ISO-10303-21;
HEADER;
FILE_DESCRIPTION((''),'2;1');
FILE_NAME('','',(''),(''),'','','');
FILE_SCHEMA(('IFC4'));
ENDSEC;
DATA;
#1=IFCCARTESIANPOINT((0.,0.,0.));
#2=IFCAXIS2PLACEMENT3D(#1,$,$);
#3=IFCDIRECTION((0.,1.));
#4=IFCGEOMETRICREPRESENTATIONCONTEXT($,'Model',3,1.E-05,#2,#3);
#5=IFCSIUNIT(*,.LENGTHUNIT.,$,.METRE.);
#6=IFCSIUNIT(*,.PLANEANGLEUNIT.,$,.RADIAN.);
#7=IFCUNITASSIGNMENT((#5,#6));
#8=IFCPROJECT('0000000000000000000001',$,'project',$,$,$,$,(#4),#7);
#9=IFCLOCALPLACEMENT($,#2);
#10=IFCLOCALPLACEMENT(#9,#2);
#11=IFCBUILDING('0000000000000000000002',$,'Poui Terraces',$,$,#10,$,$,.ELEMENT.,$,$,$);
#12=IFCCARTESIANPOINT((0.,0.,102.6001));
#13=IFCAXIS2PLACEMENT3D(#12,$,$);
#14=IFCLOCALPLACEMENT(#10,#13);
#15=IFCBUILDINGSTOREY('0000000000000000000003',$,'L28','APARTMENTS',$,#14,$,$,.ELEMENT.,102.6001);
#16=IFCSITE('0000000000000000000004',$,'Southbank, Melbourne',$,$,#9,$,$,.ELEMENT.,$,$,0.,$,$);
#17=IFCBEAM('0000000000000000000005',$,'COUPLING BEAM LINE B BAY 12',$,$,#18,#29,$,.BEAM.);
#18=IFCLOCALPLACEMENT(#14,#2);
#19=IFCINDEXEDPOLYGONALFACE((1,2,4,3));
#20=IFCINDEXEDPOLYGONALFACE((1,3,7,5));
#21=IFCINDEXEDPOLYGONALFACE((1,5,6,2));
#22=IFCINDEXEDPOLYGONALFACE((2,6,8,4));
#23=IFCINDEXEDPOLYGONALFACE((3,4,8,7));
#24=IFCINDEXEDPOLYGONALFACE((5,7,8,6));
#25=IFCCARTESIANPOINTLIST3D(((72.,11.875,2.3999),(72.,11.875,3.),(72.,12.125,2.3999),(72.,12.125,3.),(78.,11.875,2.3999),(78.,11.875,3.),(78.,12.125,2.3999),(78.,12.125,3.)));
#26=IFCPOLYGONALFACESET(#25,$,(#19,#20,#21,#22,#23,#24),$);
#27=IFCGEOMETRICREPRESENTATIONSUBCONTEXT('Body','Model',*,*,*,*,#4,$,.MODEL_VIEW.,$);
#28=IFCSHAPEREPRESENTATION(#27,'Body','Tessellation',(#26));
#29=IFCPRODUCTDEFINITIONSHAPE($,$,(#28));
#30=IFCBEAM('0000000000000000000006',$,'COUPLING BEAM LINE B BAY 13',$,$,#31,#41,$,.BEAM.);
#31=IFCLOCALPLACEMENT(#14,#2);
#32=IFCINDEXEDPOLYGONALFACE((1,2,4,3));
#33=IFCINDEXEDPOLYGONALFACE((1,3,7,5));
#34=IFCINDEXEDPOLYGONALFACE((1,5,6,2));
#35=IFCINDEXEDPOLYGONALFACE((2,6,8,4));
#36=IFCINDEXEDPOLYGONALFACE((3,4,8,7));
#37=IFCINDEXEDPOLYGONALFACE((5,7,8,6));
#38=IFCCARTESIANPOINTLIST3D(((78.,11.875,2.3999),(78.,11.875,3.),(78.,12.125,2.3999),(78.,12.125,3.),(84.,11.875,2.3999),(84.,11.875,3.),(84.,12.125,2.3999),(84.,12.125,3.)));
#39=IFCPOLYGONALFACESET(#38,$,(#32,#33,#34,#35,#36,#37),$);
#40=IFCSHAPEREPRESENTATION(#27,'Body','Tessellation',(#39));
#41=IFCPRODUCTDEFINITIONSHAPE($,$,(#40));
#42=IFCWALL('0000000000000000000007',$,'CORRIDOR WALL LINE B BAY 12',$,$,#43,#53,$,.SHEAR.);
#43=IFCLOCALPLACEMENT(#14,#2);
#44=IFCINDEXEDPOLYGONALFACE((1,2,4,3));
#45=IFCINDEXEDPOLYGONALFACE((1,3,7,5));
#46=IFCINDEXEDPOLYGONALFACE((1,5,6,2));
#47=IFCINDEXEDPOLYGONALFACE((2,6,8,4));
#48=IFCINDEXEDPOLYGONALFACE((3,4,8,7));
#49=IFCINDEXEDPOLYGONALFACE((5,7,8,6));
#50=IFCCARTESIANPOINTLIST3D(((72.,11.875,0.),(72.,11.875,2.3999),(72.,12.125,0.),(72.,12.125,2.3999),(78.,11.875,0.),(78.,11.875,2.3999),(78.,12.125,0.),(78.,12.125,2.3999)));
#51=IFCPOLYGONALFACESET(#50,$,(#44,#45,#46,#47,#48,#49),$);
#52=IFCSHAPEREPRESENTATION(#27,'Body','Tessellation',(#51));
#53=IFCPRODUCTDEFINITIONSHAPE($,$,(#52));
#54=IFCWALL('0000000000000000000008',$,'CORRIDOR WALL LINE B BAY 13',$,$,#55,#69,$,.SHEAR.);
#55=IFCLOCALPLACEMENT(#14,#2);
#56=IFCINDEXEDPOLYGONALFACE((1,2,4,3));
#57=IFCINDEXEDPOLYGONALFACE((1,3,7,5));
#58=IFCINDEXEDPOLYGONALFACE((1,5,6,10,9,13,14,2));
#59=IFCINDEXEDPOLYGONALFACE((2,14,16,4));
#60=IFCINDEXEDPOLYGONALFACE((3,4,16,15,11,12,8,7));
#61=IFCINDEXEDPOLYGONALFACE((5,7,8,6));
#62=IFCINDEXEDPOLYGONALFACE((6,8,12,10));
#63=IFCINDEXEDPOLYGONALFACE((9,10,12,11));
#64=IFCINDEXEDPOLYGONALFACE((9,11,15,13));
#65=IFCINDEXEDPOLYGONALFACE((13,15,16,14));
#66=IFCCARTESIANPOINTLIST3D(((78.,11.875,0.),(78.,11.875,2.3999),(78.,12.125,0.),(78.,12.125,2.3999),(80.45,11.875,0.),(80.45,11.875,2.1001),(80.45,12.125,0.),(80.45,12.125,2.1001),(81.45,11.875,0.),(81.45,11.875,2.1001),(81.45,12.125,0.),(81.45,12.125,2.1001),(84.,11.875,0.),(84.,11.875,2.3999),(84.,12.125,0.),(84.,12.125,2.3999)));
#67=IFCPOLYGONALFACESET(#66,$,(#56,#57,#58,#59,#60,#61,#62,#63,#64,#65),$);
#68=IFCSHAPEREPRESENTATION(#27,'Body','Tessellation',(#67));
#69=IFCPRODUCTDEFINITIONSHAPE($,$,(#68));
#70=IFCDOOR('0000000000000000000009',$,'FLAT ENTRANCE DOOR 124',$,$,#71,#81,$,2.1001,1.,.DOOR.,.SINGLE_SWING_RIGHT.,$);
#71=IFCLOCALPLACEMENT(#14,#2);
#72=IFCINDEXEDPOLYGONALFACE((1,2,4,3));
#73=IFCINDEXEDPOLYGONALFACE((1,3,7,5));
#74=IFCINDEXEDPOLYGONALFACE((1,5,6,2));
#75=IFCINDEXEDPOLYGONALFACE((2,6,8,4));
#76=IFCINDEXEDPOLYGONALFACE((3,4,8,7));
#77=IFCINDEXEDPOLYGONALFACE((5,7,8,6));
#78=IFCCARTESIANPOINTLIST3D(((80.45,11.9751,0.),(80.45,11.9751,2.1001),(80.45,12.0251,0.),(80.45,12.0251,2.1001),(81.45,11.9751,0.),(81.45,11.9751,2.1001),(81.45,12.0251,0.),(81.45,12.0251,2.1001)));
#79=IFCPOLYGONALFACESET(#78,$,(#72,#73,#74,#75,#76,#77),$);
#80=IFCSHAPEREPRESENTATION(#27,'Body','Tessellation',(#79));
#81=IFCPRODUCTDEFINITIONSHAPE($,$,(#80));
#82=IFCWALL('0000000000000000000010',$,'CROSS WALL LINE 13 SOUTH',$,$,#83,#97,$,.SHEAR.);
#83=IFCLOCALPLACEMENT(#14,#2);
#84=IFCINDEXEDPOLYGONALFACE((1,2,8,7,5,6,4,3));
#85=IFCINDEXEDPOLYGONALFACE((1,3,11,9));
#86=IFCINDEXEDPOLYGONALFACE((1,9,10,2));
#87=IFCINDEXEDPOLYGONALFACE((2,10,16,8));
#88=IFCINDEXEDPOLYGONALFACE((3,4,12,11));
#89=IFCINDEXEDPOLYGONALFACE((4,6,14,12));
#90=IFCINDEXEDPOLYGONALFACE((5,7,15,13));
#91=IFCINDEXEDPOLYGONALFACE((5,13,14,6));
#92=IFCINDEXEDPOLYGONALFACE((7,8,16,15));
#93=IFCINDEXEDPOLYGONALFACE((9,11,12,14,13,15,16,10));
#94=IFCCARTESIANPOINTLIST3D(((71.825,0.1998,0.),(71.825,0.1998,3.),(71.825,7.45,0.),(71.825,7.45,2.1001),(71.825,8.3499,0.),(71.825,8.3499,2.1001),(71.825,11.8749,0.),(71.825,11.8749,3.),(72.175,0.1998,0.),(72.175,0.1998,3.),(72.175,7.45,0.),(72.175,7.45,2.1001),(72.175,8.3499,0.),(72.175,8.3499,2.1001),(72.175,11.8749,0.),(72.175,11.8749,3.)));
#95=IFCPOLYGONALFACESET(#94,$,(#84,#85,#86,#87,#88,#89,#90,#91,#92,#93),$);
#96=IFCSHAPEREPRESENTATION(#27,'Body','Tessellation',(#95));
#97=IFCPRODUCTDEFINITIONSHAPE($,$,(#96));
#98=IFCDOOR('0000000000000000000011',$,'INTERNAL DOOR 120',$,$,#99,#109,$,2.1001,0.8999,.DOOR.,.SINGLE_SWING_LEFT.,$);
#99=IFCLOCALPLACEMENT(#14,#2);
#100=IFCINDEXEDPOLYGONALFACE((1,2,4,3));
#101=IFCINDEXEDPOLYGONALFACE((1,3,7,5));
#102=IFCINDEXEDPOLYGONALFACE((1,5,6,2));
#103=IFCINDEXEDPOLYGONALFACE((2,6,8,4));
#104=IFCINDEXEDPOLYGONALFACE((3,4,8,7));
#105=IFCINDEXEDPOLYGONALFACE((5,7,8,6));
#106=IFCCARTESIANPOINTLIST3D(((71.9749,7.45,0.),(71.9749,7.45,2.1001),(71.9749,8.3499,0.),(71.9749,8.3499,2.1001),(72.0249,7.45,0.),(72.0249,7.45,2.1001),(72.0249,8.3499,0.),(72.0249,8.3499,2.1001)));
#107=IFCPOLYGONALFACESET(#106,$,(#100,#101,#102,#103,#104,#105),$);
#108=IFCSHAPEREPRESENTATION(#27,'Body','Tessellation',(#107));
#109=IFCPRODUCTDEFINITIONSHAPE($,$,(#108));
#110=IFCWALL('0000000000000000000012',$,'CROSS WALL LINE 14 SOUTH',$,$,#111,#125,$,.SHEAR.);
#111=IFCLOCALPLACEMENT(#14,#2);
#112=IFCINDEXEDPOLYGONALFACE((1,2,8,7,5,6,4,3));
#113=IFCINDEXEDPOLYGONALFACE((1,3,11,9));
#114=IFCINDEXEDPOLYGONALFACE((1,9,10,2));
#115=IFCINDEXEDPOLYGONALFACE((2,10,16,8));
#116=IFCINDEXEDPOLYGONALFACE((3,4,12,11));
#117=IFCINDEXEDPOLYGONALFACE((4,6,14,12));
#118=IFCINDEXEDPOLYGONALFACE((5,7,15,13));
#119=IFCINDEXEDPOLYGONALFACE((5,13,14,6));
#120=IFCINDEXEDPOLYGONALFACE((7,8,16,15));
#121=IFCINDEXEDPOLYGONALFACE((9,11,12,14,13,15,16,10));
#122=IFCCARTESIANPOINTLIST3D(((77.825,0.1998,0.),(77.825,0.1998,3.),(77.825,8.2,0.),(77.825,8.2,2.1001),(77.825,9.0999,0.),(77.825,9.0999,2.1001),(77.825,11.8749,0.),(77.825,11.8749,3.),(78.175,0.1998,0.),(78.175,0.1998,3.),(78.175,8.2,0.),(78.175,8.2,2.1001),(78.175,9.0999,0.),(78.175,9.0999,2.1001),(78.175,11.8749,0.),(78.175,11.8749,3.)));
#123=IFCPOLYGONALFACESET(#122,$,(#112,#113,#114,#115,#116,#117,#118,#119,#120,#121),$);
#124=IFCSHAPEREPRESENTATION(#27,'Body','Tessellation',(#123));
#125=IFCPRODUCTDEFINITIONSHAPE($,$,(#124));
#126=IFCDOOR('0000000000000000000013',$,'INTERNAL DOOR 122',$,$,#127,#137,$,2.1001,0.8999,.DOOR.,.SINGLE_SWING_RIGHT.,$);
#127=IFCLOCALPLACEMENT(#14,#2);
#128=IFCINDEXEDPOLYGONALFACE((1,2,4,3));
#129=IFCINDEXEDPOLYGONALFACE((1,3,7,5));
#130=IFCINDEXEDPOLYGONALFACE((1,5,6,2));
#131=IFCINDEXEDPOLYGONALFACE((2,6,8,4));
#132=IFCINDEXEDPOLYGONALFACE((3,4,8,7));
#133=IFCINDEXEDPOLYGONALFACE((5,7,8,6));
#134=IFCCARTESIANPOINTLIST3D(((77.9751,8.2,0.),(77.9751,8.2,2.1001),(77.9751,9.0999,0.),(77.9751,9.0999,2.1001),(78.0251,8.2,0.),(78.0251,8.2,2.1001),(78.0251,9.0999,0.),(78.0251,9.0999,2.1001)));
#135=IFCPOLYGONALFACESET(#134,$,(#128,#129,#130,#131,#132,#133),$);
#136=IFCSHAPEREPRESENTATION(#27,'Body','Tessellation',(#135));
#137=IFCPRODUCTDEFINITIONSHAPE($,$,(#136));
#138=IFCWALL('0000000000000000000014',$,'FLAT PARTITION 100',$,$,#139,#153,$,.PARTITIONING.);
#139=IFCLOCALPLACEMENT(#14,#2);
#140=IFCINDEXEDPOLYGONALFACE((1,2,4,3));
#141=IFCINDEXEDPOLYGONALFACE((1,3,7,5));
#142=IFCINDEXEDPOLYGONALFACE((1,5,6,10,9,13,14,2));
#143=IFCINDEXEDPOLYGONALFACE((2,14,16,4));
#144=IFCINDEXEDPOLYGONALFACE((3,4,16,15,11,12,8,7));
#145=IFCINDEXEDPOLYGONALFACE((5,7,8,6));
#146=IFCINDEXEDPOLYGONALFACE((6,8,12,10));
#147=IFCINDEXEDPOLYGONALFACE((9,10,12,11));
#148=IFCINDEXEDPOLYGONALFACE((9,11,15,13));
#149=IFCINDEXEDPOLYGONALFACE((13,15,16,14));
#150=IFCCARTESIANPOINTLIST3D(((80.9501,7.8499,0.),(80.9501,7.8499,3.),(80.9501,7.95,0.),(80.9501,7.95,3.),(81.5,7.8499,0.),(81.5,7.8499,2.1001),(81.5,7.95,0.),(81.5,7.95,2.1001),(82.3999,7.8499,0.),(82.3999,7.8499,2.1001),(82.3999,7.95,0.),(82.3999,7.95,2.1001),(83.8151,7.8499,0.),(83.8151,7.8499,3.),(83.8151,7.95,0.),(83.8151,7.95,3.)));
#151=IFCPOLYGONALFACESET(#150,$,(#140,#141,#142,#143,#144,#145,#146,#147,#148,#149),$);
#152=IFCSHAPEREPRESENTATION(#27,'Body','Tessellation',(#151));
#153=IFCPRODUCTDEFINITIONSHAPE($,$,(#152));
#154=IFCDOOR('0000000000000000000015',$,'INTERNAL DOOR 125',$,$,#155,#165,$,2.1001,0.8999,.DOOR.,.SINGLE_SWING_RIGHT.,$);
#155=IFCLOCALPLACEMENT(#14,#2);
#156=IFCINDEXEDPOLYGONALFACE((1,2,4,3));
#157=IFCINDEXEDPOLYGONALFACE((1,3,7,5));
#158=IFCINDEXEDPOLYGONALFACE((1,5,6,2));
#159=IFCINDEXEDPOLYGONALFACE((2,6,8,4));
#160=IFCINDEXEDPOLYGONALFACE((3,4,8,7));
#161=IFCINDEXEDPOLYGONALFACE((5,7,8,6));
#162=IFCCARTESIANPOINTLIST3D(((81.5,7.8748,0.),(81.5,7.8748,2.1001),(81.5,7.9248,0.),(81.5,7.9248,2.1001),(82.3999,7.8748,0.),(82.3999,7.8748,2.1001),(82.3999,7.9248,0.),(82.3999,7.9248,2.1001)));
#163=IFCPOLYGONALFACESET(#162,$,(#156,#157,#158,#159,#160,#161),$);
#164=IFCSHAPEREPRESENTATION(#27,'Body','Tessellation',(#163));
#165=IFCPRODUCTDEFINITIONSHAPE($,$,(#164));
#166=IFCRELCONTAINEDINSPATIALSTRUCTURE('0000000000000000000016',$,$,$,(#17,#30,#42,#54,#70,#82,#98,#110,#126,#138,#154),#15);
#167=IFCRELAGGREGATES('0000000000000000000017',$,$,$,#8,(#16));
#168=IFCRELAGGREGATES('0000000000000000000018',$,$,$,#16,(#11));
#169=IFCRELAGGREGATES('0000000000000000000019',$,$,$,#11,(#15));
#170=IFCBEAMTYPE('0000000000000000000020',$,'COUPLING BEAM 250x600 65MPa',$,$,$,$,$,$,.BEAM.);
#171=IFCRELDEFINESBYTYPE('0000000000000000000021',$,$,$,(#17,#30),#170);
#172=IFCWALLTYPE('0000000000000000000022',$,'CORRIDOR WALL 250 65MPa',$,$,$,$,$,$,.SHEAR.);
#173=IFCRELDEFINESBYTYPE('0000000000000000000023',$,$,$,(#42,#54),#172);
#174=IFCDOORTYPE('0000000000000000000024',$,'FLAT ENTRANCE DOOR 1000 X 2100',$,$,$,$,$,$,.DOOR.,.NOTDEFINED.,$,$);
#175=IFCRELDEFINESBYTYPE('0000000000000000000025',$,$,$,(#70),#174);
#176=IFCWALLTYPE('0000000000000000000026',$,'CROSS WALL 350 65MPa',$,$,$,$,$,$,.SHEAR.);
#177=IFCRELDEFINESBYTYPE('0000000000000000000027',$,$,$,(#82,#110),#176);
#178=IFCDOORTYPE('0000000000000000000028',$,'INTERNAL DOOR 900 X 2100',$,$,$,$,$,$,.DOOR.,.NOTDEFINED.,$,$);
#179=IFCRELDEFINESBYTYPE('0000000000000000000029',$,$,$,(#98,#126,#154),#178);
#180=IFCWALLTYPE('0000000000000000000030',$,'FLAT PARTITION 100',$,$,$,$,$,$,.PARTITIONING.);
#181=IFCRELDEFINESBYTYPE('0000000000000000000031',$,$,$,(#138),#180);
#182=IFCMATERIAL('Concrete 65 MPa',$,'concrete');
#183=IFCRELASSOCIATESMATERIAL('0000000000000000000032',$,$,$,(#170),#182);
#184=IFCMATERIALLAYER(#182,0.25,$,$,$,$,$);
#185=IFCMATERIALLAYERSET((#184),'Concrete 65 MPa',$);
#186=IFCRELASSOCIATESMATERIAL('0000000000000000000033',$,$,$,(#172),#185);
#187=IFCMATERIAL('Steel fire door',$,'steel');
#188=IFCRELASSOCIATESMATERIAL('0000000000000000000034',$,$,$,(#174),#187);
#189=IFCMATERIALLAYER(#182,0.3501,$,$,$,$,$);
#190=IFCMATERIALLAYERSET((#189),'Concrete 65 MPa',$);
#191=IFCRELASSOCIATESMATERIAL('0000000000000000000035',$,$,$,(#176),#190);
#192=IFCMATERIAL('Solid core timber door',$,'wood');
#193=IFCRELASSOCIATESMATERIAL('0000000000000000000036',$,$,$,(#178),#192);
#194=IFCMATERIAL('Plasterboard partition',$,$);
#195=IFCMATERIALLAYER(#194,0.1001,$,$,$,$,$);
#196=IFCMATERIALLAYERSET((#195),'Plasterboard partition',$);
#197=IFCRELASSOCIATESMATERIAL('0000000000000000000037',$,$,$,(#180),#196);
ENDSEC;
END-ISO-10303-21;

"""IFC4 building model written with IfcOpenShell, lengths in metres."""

from ifc_helpers import new_model, si_unit, direction, frame, frame_2d, origin, origin_2d, place, context, subcontext, project, spatial, rectangle, extrude, source, transform, mapped, material, layer, layer_set, material_profile, profile_set, type_object, element, fill, save


model = new_model("IFC4")

# Units and contexts
model_context = context("Model", 3, precision=1e-05, world=origin(), true_north=direction((0.0, 1.0)))
body_context = subcontext(model_context, "Body", "Model", "MODEL_VIEW")
ifc_project = project(units=[si_unit("LENGTHUNIT", "METRE"), si_unit("PLANEANGLEUNIT", "RADIAN")], contexts=[model_context])

# Site, building, storey
site_placement = place(None, origin())
site = spatial("IfcSite", under=ifc_project, at=site_placement, Name="Southbank, Melbourne", CompositionType="ELEMENT", RefElevation=0.0)
building_placement = place(site_placement, origin())
building = spatial("IfcBuilding", under=site, at=building_placement, Name="Poui Terraces", CompositionType="ELEMENT")
storey_placement = place(building_placement, frame((0.0, 0.0, 102.6001)))
storey = spatial("IfcBuildingStorey", under=building, at=storey_placement, Name="L28", Description="APARTMENTS", CompositionType="ELEMENT", Elevation=102.6001)

# Beams
ifc_material_1 = material(Name="Concrete 65 MPa", Category="concrete")
ifc_material_profile = material_profile(ifc_material_1, rectangle(XDim=0.25, YDim=0.6001, at=origin_2d()), Name="RC 250x600")
ifc_profile_set = profile_set([ifc_material_profile], Name="Concrete 65 MPa")
beam_type = type_object("IfcBeamType", Name="COUPLING BEAM 250x600 65MPa", PredefinedType="BEAM", material=ifc_profile_set)
shared_shape = source(origin(), body_context, "Body", "SweptSolid", [
    extrude(rectangle(XDim=0.25, YDim=0.6001, at=origin_2d()), origin(), (0.0, 0.0, 1.0), 6.0),
])
for number, where, z_axis, x_axis, name in (
    (1, (72.0, 12.0, 2.7), (1.0, 0.0, 0.0), (0.0, 1.0, 0.0), "COUPLING BEAM LINE B BAY 12"),
    (2, (78.0, 12.0, 2.7), (1.0, 0.0, 0.0), (0.0, 1.0, 0.0), "COUPLING BEAM LINE B BAY 13"),
):
    element("IfcBeam", number, at=place(storey_placement, frame(where, z_axis=z_axis, x_axis=x_axis)), inside=storey, type_object=beam_type, Name=name, PredefinedType="BEAM", context=body_context, shape_type="MappedRepresentation", body=[
        mapped(shared_shape, transform((0.0, 0.0, 0.0))),
    ])

# Wall
ifc_layer_1 = layer(ifc_material_1, 0.25)
ifc_layer_set_1 = layer_set([ifc_layer_1], Name="Concrete 65 MPa")
wall_type_1 = type_object("IfcWallType", Name="CORRIDOR WALL 250 65MPa", PredefinedType="SHEAR", material=ifc_layer_set_1)
wall_1_placement = place(storey_placement, frame((72.0, 12.0, 0.0), z_axis=(0.0, 0.0, 1.0), x_axis=(1.0, 0.0, 0.0)))
element("IfcWall", 3, at=wall_1_placement, inside=storey, type_object=wall_type_1, Name="CORRIDOR WALL LINE B BAY 12", PredefinedType="SHEAR", context=body_context, shape_type="SweptSolid", body=[
    extrude(rectangle(XDim=6.0, YDim=0.25, at=frame_2d((3.0, 0.0))), origin(), (0.0, 0.0, 1.0), 2.3999),
])

# Walls, openings, doors
wall_2_placement = place(storey_placement, frame((78.0, 12.0, 0.0), z_axis=(0.0, 0.0, 1.0), x_axis=(1.0, 0.0, 0.0)))
wall_2 = element("IfcWall", 4, at=wall_2_placement, inside=storey, type_object=wall_type_1, Name="CORRIDOR WALL LINE B BAY 13", PredefinedType="SHEAR", context=body_context, shape_type="SweptSolid", body=[
    extrude(rectangle(XDim=6.0, YDim=0.25, at=frame_2d((3.0, 0.0))), origin(), (0.0, 0.0, 1.0), 2.3999),
])
opening_1_placement = place(wall_2_placement, frame((2.45, 0.0, 0.0)))
opening_1 = element("IfcOpeningElement", 5, at=opening_1_placement, cuts=wall_2, PredefinedType="OPENING", context=body_context, shape_type="SweptSolid", body=[
    extrude(rectangle(XDim=1.0, YDim=2.1001, at=frame_2d((0.5, 1.05))), frame((0.0, 0.135, 0.0), z_axis=(0.0, -1.0, 0.0), x_axis=(1.0, 0.0, 0.0)), (0.0, 0.0, 1.0), 0.27),
])
ifc_material_2 = material(Name="Steel fire door", Category="steel")
door_type_1 = type_object("IfcDoorType", Name="FLAT ENTRANCE DOOR 1000 X 2100", OperationType="NOTDEFINED", PredefinedType="DOOR", material=ifc_material_2)
door_1_placement = place(opening_1_placement, frame((1.0, 0.0, 0.0), z_axis=(0.0, 0.0, 1.0), x_axis=(-1.0, 0.0, 0.0)))
door_1 = element("IfcDoor", 6, at=door_1_placement, inside=storey, type_object=door_type_1, Name="FLAT ENTRANCE DOOR 124", OperationType="SINGLE_SWING_RIGHT", OverallHeight=2.1001, OverallWidth=1.0, PredefinedType="DOOR", context=body_context, shape_type="SweptSolid", body=[
    extrude(rectangle(XDim=1.0, YDim=2.1001, at=frame_2d((0.5, 1.05))), frame((0.0, 0.0249, 0.0), z_axis=(0.0, -1.0, 0.0), x_axis=(1.0, 0.0, 0.0)), (0.0, 0.0, 1.0), 0.05),
])
fill(opening_1, door_1)
ifc_layer_2 = layer(ifc_material_1, 0.3501)
ifc_layer_set_2 = layer_set([ifc_layer_2], Name="Concrete 65 MPa")
wall_type_2 = type_object("IfcWallType", Name="CROSS WALL 350 65MPa", PredefinedType="SHEAR", material=ifc_layer_set_2)
wall_3_placement = place(storey_placement, frame((72.0, 0.2, 0.0), z_axis=(0.0, 0.0, 1.0), x_axis=(0.0, 1.0, 0.0)))
wall_3 = element("IfcWall", 7, at=wall_3_placement, inside=storey, type_object=wall_type_2, Name="CROSS WALL LINE 13 SOUTH", PredefinedType="SHEAR", context=body_context, shape_type="SweptSolid", body=[
    extrude(rectangle(XDim=11.675, YDim=0.3501, at=frame_2d((5.8374, 0.0))), origin(), (0.0, 0.0, 1.0), 3.0),
])
opening_2_placement = place(wall_3_placement, frame((7.25, 0.0, 0.0)))
opening_2 = element("IfcOpeningElement", 8, at=opening_2_placement, cuts=wall_3, PredefinedType="OPENING", context=body_context, shape_type="SweptSolid", body=[
    extrude(rectangle(XDim=0.8999, YDim=2.1001, at=frame_2d((0.45, 1.05))), frame((0.0, 0.1851, 0.0), z_axis=(0.0, -1.0, 0.0), x_axis=(1.0, 0.0, 0.0)), (0.0, 0.0, 1.0), 0.3701),
])
ifc_material_3 = material(Name="Solid core timber door", Category="wood")
door_type_2 = type_object("IfcDoorType", Name="INTERNAL DOOR 900 X 2100", OperationType="NOTDEFINED", PredefinedType="DOOR", material=ifc_material_3)
door_2_placement = place(opening_2_placement, frame((0.8999, 0.0, 0.0), z_axis=(0.0, 0.0, 1.0), x_axis=(-1.0, 0.0, 0.0)))
door_2 = element("IfcDoor", 9, at=door_2_placement, inside=storey, type_object=door_type_2, Name="INTERNAL DOOR 120", OperationType="SINGLE_SWING_LEFT", OverallHeight=2.1001, OverallWidth=0.8999, PredefinedType="DOOR", context=body_context, shape_type="SweptSolid", body=[
    extrude(rectangle(XDim=0.8999, YDim=2.1001, at=frame_2d((0.45, 1.05))), frame((0.0, 0.0249, 0.0), z_axis=(0.0, -1.0, 0.0), x_axis=(1.0, 0.0, 0.0)), (0.0, 0.0, 1.0), 0.05),
])
fill(opening_2, door_2)
wall_4_placement = place(storey_placement, frame((78.0, 0.2, 0.0), z_axis=(0.0, 0.0, 1.0), x_axis=(0.0, 1.0, 0.0)))
wall_4 = element("IfcWall", 10, at=wall_4_placement, inside=storey, type_object=wall_type_2, Name="CROSS WALL LINE 14 SOUTH", PredefinedType="SHEAR", context=body_context, shape_type="SweptSolid", body=[
    extrude(rectangle(XDim=11.675, YDim=0.3501, at=frame_2d((5.8374, 0.0))), origin(), (0.0, 0.0, 1.0), 3.0),
])
opening_3_placement = place(wall_4_placement, frame((8.0, 0.0, 0.0)))
opening_3 = element("IfcOpeningElement", 11, at=opening_3_placement, cuts=wall_4, PredefinedType="OPENING", context=body_context, shape_type="SweptSolid", body=[
    extrude(rectangle(XDim=0.8999, YDim=2.1001, at=frame_2d((0.45, 1.05))), frame((0.0, 0.1851, 0.0), z_axis=(0.0, -1.0, 0.0), x_axis=(1.0, 0.0, 0.0)), (0.0, 0.0, 1.0), 0.3701),
])
door_3_placement = place(opening_3_placement, origin())
door_3 = element("IfcDoor", 12, at=door_3_placement, inside=storey, type_object=door_type_2, Name="INTERNAL DOOR 122", OperationType="SINGLE_SWING_RIGHT", OverallHeight=2.1001, OverallWidth=0.8999, PredefinedType="DOOR", context=body_context, shape_type="SweptSolid", body=[
    extrude(rectangle(XDim=0.8999, YDim=2.1001, at=frame_2d((0.45, 1.05))), frame((0.0, 0.0249, 0.0), z_axis=(0.0, -1.0, 0.0), x_axis=(1.0, 0.0, 0.0)), (0.0, 0.0, 1.0), 0.05),
])
fill(opening_3, door_3)
ifc_material_4 = material(Name="Plasterboard partition")
ifc_layer_3 = layer(ifc_material_4, 0.1001)
ifc_layer_set_3 = layer_set([ifc_layer_3], Name="Plasterboard partition")
wall_type_3 = type_object("IfcWallType", Name="FLAT PARTITION 100", PredefinedType="PARTITIONING", material=ifc_layer_set_3)
wall_5_placement = place(storey_placement, frame((80.95, 7.8999, 0.0), z_axis=(0.0, 0.0, 1.0), x_axis=(1.0, 0.0, 0.0)))
wall_5 = element("IfcWall", 13, at=wall_5_placement, inside=storey, type_object=wall_type_3, Name="FLAT PARTITION 100", PredefinedType="PARTITIONING", context=body_context, shape_type="SweptSolid", body=[
    extrude(rectangle(XDim=2.865, YDim=0.1001, at=frame_2d((1.4326, 0.0))), origin(), (0.0, 0.0, 1.0), 3.0),
])
opening_4_placement = place(wall_5_placement, frame((0.55, 0.0, 0.0)))
opening_4 = element("IfcOpeningElement", 14, at=opening_4_placement, cuts=wall_5, PredefinedType="OPENING", context=body_context, shape_type="SweptSolid", body=[
    extrude(rectangle(XDim=0.8999, YDim=2.1001, at=frame_2d((0.45, 1.05))), frame((0.0, 0.0601, 0.0), z_axis=(0.0, -1.0, 0.0), x_axis=(1.0, 0.0, 0.0)), (0.0, 0.0, 1.0), 0.1201),
])
door_4_placement = place(opening_4_placement, origin())
door_4 = element("IfcDoor", 15, at=door_4_placement, inside=storey, type_object=door_type_2, Name="INTERNAL DOOR 125", OperationType="SINGLE_SWING_RIGHT", OverallHeight=2.1001, OverallWidth=0.8999, PredefinedType="DOOR", context=body_context, shape_type="SweptSolid", body=[
    extrude(rectangle(XDim=0.8999, YDim=2.1001, at=frame_2d((0.45, 1.05))), frame((0.0, 0.0249, 0.0), z_axis=(0.0, -1.0, 0.0), x_axis=(1.0, 0.0, 0.0)), (0.0, 0.0, 1.0), 0.05),
])
fill(opening_4, door_4)

save(model, "model.ifc")
